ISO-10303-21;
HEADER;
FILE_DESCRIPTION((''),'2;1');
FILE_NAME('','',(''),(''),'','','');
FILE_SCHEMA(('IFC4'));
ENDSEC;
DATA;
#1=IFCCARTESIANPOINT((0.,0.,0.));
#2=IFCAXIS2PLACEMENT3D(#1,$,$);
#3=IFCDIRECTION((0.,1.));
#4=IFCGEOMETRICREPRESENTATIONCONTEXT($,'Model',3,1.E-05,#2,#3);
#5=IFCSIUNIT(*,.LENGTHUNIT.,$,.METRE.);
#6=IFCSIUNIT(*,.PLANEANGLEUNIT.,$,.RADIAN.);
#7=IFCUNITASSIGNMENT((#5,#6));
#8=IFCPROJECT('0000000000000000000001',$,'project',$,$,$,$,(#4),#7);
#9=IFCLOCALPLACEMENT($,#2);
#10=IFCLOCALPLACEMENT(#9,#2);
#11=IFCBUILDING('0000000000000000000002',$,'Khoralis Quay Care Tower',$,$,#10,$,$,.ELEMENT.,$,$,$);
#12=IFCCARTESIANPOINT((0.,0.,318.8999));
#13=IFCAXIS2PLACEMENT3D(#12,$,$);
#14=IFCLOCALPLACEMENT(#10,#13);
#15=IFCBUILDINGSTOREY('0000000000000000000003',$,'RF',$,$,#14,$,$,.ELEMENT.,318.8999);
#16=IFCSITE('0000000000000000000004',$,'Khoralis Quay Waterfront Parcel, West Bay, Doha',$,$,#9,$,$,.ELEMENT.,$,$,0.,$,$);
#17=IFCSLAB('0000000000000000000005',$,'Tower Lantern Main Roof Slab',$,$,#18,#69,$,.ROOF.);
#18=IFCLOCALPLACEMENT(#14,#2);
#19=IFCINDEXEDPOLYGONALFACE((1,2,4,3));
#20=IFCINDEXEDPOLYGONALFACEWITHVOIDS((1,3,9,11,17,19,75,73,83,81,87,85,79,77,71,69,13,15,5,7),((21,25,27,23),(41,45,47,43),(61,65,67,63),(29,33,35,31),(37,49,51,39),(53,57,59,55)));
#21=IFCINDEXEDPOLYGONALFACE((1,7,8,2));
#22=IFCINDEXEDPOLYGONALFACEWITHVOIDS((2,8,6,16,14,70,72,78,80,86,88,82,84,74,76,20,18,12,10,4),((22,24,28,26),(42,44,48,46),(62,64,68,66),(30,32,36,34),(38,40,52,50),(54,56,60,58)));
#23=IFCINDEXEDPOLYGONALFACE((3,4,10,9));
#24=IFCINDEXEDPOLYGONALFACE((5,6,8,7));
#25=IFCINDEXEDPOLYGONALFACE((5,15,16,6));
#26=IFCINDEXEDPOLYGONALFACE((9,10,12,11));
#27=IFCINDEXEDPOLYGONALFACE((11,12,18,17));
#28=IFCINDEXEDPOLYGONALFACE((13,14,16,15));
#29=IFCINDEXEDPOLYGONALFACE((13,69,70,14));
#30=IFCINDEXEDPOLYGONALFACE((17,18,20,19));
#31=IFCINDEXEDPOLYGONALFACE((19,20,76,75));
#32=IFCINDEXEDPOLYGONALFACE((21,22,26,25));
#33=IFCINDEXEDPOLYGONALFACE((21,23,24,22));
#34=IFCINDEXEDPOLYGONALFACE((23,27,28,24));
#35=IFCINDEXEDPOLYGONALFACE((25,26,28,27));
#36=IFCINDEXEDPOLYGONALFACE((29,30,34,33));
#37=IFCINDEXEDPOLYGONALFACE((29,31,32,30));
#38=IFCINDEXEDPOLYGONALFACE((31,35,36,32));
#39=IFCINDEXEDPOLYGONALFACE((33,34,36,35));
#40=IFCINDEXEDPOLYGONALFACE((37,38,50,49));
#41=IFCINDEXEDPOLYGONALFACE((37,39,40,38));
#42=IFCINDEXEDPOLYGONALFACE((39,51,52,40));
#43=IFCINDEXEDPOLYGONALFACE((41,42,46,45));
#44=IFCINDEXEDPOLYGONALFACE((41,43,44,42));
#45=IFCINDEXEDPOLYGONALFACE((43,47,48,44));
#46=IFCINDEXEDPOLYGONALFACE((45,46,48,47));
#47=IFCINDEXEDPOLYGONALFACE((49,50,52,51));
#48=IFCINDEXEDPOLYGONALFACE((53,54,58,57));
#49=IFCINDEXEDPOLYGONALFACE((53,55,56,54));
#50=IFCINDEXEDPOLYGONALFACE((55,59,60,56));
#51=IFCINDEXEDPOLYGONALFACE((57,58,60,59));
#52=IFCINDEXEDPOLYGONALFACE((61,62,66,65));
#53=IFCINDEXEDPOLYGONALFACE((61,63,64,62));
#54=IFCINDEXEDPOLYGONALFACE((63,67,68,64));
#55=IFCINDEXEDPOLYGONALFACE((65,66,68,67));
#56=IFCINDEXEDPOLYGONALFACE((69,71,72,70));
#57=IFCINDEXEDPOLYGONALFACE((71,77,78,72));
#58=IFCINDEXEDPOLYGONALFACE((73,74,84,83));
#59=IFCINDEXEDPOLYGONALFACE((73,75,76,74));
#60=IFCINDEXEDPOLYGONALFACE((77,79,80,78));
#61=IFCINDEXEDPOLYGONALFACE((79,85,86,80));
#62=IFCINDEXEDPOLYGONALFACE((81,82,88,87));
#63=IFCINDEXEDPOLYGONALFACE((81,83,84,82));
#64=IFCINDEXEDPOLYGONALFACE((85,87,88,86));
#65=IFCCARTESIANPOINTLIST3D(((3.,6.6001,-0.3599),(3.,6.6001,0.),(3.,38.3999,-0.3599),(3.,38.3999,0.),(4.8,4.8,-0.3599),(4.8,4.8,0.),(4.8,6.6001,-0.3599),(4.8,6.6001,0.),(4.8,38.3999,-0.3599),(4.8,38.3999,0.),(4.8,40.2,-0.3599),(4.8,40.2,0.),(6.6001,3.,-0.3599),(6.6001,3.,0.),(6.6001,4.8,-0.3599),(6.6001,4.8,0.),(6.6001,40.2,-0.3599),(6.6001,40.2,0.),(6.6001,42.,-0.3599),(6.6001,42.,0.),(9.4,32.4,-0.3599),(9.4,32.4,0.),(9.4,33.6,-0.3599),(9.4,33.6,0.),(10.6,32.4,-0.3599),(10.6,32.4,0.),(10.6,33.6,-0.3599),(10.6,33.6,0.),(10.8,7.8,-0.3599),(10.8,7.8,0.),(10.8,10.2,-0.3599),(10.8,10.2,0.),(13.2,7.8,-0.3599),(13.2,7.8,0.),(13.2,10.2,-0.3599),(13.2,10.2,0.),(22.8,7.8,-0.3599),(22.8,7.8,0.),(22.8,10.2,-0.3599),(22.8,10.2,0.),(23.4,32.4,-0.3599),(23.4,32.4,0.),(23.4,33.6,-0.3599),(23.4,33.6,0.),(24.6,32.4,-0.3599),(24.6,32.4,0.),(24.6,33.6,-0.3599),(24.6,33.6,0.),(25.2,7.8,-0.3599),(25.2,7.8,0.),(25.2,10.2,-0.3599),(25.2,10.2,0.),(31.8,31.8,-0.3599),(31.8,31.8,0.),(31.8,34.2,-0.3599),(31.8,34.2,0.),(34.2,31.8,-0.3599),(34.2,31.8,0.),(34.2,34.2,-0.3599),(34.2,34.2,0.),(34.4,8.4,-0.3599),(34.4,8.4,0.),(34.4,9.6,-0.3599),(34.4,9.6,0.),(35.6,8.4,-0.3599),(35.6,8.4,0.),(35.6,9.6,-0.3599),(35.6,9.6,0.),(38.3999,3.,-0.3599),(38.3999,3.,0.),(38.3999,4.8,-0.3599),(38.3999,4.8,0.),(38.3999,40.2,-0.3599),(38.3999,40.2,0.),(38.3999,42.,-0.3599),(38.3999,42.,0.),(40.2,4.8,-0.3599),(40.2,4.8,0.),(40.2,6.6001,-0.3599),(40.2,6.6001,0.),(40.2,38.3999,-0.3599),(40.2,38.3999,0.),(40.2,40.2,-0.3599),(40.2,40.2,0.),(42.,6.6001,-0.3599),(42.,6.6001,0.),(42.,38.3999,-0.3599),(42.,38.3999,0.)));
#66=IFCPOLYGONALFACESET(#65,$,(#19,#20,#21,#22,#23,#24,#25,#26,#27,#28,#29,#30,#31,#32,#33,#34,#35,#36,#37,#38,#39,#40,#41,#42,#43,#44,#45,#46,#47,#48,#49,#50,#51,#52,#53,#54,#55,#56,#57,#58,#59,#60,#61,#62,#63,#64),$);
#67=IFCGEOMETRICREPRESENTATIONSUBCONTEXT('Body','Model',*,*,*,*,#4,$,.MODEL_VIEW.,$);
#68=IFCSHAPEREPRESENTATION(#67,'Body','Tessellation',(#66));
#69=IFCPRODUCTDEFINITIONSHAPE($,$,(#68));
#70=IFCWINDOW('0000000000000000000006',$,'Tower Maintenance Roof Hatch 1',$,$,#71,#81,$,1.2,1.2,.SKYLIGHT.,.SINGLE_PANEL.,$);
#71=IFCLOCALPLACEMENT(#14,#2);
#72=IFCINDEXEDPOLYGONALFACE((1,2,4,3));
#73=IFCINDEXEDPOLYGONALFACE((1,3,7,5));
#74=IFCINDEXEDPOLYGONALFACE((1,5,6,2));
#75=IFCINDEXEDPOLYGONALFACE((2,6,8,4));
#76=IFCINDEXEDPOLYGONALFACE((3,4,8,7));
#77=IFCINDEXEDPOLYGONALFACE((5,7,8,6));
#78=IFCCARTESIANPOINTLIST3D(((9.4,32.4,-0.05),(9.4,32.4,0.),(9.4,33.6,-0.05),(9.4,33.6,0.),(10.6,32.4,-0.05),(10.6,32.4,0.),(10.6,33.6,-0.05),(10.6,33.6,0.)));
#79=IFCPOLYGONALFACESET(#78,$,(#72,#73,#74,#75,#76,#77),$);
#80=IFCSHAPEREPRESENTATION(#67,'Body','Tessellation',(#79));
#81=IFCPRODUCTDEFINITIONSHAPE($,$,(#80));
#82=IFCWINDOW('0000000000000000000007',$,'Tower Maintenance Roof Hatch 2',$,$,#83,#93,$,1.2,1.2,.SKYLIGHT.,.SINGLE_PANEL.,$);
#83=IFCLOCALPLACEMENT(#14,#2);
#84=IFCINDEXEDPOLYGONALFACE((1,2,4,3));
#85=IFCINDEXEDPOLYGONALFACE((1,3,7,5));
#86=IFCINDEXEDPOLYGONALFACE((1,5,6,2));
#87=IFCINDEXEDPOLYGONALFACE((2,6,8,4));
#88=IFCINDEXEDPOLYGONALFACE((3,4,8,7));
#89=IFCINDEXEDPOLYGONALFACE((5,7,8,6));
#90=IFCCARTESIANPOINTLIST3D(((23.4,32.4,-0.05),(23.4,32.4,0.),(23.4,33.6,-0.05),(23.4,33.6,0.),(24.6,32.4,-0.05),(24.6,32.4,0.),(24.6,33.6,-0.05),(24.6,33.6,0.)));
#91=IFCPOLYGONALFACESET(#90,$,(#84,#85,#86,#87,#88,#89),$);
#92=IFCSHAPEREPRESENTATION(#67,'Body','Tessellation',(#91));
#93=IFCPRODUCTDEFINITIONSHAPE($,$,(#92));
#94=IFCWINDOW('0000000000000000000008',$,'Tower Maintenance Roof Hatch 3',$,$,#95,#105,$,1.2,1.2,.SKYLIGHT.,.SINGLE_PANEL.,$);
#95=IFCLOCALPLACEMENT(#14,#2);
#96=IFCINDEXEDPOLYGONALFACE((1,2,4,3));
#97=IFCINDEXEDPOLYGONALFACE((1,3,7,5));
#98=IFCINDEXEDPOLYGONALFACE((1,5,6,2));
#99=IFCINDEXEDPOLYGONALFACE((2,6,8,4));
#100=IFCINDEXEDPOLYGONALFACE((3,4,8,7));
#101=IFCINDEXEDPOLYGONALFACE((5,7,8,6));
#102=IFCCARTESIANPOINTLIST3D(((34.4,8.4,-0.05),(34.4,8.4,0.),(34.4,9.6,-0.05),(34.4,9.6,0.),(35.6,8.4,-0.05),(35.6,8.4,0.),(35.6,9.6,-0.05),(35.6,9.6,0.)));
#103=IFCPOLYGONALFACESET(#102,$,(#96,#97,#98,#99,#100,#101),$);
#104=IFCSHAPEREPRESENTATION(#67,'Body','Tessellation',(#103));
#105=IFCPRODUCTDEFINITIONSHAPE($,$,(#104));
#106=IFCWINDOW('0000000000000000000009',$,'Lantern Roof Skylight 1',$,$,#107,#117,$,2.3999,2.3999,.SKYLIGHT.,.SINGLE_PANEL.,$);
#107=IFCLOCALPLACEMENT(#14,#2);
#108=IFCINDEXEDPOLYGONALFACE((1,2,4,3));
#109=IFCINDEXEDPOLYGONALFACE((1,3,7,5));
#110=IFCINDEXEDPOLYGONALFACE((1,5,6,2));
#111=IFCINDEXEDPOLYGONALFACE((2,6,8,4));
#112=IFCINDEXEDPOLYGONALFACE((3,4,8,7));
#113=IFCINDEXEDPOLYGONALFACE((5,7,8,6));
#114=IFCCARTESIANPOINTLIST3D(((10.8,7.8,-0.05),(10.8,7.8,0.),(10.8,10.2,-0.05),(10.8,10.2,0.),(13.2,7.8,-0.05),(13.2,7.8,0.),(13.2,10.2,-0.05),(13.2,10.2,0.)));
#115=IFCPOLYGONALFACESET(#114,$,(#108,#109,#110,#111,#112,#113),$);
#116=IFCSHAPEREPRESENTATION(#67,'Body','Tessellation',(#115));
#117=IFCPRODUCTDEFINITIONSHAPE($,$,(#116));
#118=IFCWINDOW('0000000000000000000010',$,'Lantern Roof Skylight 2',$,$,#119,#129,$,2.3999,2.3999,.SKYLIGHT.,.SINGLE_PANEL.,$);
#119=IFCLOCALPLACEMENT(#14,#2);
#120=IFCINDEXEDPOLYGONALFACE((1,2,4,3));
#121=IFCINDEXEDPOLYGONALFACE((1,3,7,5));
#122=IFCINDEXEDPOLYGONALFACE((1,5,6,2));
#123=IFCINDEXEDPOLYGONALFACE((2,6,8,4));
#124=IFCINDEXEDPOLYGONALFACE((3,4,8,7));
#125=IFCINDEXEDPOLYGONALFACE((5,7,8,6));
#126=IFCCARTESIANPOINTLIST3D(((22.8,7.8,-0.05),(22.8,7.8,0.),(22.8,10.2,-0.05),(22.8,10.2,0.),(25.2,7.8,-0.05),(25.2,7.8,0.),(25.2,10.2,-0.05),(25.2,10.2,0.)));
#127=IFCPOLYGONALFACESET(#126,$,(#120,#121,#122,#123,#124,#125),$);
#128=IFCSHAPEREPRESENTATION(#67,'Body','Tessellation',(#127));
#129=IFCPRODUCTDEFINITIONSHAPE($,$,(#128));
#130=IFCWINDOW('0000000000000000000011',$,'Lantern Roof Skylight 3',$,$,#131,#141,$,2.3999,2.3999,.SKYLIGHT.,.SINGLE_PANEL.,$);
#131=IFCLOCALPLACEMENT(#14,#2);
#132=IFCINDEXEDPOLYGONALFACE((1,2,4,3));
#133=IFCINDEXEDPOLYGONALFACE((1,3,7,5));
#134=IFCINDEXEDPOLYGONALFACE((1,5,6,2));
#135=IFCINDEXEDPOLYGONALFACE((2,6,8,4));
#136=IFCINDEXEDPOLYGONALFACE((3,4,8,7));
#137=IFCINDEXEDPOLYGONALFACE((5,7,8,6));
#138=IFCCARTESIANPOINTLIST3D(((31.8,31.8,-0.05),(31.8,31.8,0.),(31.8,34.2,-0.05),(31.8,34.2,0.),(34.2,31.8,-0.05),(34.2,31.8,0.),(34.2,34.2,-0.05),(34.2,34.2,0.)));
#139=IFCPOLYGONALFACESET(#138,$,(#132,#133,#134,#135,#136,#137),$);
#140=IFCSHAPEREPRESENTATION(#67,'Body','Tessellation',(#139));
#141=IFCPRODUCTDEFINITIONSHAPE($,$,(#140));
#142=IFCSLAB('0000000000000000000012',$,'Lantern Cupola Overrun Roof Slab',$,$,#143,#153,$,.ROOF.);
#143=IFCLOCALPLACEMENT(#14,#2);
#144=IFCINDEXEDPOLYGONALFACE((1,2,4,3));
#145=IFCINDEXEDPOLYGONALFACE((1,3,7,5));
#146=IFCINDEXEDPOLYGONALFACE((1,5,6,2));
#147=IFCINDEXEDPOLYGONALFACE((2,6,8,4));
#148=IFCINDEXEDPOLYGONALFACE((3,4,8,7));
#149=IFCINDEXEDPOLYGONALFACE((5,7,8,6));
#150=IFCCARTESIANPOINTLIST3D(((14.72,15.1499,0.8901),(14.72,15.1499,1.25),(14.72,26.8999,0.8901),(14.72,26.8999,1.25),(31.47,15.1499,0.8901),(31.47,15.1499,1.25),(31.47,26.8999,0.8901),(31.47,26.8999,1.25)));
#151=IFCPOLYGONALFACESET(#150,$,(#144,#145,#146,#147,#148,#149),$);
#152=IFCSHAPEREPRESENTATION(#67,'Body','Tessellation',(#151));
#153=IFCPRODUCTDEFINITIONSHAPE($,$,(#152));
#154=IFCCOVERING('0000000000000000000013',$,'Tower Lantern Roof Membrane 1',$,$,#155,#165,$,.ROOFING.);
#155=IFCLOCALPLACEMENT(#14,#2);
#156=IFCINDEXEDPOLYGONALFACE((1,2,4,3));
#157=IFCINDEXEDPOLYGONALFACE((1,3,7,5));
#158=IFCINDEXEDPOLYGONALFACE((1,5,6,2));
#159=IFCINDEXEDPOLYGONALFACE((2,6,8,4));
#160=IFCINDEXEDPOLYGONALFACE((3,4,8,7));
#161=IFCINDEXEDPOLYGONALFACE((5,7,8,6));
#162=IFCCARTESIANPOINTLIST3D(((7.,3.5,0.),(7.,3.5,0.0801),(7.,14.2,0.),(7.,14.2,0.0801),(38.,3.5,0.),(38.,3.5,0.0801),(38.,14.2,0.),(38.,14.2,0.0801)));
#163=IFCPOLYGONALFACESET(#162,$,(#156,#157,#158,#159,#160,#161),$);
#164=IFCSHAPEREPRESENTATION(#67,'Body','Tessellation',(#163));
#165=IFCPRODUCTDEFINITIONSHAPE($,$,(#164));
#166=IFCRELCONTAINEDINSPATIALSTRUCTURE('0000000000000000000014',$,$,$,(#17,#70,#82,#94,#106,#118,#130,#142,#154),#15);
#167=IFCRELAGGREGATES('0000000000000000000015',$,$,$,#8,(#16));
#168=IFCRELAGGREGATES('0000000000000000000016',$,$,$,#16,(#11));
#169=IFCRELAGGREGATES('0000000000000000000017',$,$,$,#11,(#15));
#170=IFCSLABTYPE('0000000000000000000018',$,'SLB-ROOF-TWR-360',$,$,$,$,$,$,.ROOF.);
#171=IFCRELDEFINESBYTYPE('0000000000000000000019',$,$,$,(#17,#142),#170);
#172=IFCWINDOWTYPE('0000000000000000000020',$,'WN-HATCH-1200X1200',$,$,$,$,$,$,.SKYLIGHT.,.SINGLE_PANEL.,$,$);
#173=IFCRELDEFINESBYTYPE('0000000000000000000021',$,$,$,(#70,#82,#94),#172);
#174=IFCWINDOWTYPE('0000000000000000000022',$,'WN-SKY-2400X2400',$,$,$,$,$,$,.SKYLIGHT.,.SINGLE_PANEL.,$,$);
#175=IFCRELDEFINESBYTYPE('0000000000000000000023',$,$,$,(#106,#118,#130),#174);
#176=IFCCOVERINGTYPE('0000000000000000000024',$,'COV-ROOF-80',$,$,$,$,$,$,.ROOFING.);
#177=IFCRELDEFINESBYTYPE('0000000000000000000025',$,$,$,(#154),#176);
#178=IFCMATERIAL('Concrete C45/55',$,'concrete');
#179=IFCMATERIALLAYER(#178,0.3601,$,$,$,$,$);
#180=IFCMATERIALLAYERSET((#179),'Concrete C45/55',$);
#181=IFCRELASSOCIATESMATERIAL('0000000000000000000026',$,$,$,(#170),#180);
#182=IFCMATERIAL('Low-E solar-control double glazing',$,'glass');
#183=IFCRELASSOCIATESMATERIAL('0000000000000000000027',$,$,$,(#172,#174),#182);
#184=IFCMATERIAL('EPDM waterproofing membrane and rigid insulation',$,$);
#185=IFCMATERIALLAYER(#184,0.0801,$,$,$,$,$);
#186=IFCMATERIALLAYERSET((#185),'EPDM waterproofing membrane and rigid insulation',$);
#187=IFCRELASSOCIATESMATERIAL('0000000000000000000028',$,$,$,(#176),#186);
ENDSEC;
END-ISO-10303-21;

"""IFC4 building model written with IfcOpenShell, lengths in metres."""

from ifc_helpers import new_model, si_unit, direction, frame, origin, origin_2d, place, context, subcontext, project, spatial, polyline, rectangle, outline, extrude, material, layer, layer_set, type_object, element, fill, save


model = new_model("IFC4")

# Units and contexts
model_context = context("Model", 3, precision=1e-05, world=origin(), true_north=direction((0.0, 1.0)))
body_context = subcontext(model_context, "Body", "Model", "MODEL_VIEW")
ifc_project = project(units=[si_unit("LENGTHUNIT", "METRE"), si_unit("PLANEANGLEUNIT", "RADIAN")], contexts=[model_context])

# Site, building, storey
site_placement = place(None, origin())
site = spatial("IfcSite", under=ifc_project, at=site_placement, Name="Khoralis Quay Waterfront Parcel, West Bay, Doha", CompositionType="ELEMENT", RefElevation=0.0)
building_placement = place(site_placement, origin())
building = spatial("IfcBuilding", under=site, at=building_placement, Name="Khoralis Quay Care Tower", CompositionType="ELEMENT")
storey_placement = place(building_placement, frame((0.0, 0.0, 318.8999)))
storey = spatial("IfcBuildingStorey", under=building, at=storey_placement, Name="RF", CompositionType="ELEMENT", Elevation=318.8999)

# Slab, openings, windows
ifc_material_1 = material(Name="Concrete C45/55", Category="concrete")
ifc_layer_1 = layer(ifc_material_1, 0.3601)
ifc_layer_set_1 = layer_set([ifc_layer_1], Name="Concrete C45/55")
slab_type = type_object("IfcSlabType", Name="SLB-ROOF-TWR-360", PredefinedType="ROOF", material=ifc_layer_set_1)
slab_1_placement = place(storey_placement, frame((0.0, 0.0, -0.3599)))
slab_1 = element("IfcSlab", 1, at=slab_1_placement, inside=storey, type_object=slab_type, Name="Tower Lantern Main Roof Slab", PredefinedType="ROOF", context=body_context, shape_type="SweptSolid", body=[
    extrude(outline(polyline([(6.6001, 3.0), (38.3999, 3.0), (38.3999, 4.8), (40.2, 4.8), (40.2, 6.6001), (42.0, 6.6001), (42.0, 38.3999), (40.2, 38.3999), (40.2, 40.2), (38.3999, 40.2), (38.3999, 42.0), (6.6001, 42.0), (6.6001, 40.2), (4.8, 40.2), (4.8, 38.3999), (3.0, 38.3999), (3.0, 6.6001), (4.8, 6.6001), (4.8, 4.8), (6.6001, 4.8), (6.6001, 3.0)])), origin(), (0.0, 0.0, 1.0), 0.3599),
])
opening_1_placement = place(slab_1_placement, frame((12.0, 9.0, -0.01)))
opening_1 = element("IfcOpeningElement", 2, at=opening_1_placement, cuts=slab_1, PredefinedType="OPENING", context=body_context, shape_type="SweptSolid", body=[
    extrude(rectangle(XDim=2.3999, YDim=2.3999, at=origin_2d()), origin(), (0.0, 0.0, 1.0), 0.3799),
])
opening_2_placement = place(slab_1_placement, frame((24.0, 9.0, -0.01)))
opening_2 = element("IfcOpeningElement", 3, at=opening_2_placement, cuts=slab_1, PredefinedType="OPENING", context=body_context, shape_type="SweptSolid", body=[
    extrude(rectangle(XDim=2.3999, YDim=2.3999, at=origin_2d()), origin(), (0.0, 0.0, 1.0), 0.3799),
])
opening_3_placement = place(slab_1_placement, frame((33.0, 33.0, -0.01)))
opening_3 = element("IfcOpeningElement", 4, at=opening_3_placement, cuts=slab_1, PredefinedType="OPENING", context=body_context, shape_type="SweptSolid", body=[
    extrude(rectangle(XDim=2.3999, YDim=2.3999, at=origin_2d()), origin(), (0.0, 0.0, 1.0), 0.3799),
])
opening_4_placement = place(slab_1_placement, frame((10.0, 33.0, -0.01)))
opening_4 = element("IfcOpeningElement", 5, at=opening_4_placement, cuts=slab_1, PredefinedType="OPENING", context=body_context, shape_type="SweptSolid", body=[
    extrude(rectangle(XDim=1.2, YDim=1.2, at=origin_2d()), origin(), (0.0, 0.0, 1.0), 0.3799),
])
opening_5_placement = place(slab_1_placement, frame((24.0, 33.0, -0.01)))
opening_5 = element("IfcOpeningElement", 6, at=opening_5_placement, cuts=slab_1, PredefinedType="OPENING", context=body_context, shape_type="SweptSolid", body=[
    extrude(rectangle(XDim=1.2, YDim=1.2, at=origin_2d()), origin(), (0.0, 0.0, 1.0), 0.3799),
])
opening_6_placement = place(slab_1_placement, frame((35.0, 9.0, -0.01)))
opening_6 = element("IfcOpeningElement", 7, at=opening_6_placement, cuts=slab_1, PredefinedType="OPENING", context=body_context, shape_type="SweptSolid", body=[
    extrude(rectangle(XDim=1.2, YDim=1.2, at=origin_2d()), origin(), (0.0, 0.0, 1.0), 0.3799),
])
ifc_material_2 = material(Name="Low-E solar-control double glazing", Category="glass")
window_type_1 = type_object("IfcWindowType", Name="WN-HATCH-1200X1200", PartitioningType="SINGLE_PANEL", PredefinedType="SKYLIGHT", material=ifc_material_2)
window_1_placement = place(slab_1_placement, frame((10.0, 33.0, 0.3098)))
window_1 = element("IfcWindow", 8, at=window_1_placement, inside=storey, type_object=window_type_1, Name="Tower Maintenance Roof Hatch 1", OverallHeight=1.2, OverallWidth=1.2, PartitioningType="SINGLE_PANEL", PredefinedType="SKYLIGHT", context=body_context, shape_type="SweptSolid", body=[
    extrude(rectangle(XDim=1.2, YDim=1.2, at=origin_2d()), origin(), (0.0, 0.0, 1.0), 0.05),
])
fill(opening_4, window_1)
window_2_placement = place(slab_1_placement, frame((24.0, 33.0, 0.3098)))
window_2 = element("IfcWindow", 9, at=window_2_placement, inside=storey, type_object=window_type_1, Name="Tower Maintenance Roof Hatch 2", OverallHeight=1.2, OverallWidth=1.2, PartitioningType="SINGLE_PANEL", PredefinedType="SKYLIGHT", context=body_context, shape_type="SweptSolid", body=[
    extrude(rectangle(XDim=1.2, YDim=1.2, at=origin_2d()), origin(), (0.0, 0.0, 1.0), 0.05),
])
fill(opening_5, window_2)
window_3_placement = place(slab_1_placement, frame((35.0, 9.0, 0.3098)))
window_3 = element("IfcWindow", 10, at=window_3_placement, inside=storey, type_object=window_type_1, Name="Tower Maintenance Roof Hatch 3", OverallHeight=1.2, OverallWidth=1.2, PartitioningType="SINGLE_PANEL", PredefinedType="SKYLIGHT", context=body_context, shape_type="SweptSolid", body=[
    extrude(rectangle(XDim=1.2, YDim=1.2, at=origin_2d()), origin(), (0.0, 0.0, 1.0), 0.05),
])
fill(opening_6, window_3)
window_type_2 = type_object("IfcWindowType", Name="WN-SKY-2400X2400", PartitioningType="SINGLE_PANEL", PredefinedType="SKYLIGHT", material=ifc_material_2)
window_4_placement = place(slab_1_placement, frame((12.0, 9.0, 0.3098)))
window_4 = element("IfcWindow", 11, at=window_4_placement, inside=storey, type_object=window_type_2, Name="Lantern Roof Skylight 1", OverallHeight=2.3999, OverallWidth=2.3999, PartitioningType="SINGLE_PANEL", PredefinedType="SKYLIGHT", context=body_context, shape_type="SweptSolid", body=[
    extrude(rectangle(XDim=2.3999, YDim=2.3999, at=origin_2d()), origin(), (0.0, 0.0, 1.0), 0.05),
])
fill(opening_1, window_4)
window_5_placement = place(slab_1_placement, frame((24.0, 9.0, 0.3098)))
window_5 = element("IfcWindow", 12, at=window_5_placement, inside=storey, type_object=window_type_2, Name="Lantern Roof Skylight 2", OverallHeight=2.3999, OverallWidth=2.3999, PartitioningType="SINGLE_PANEL", PredefinedType="SKYLIGHT", context=body_context, shape_type="SweptSolid", body=[
    extrude(rectangle(XDim=2.3999, YDim=2.3999, at=origin_2d()), origin(), (0.0, 0.0, 1.0), 0.05),
])
fill(opening_2, window_5)
window_6_placement = place(slab_1_placement, frame((33.0, 33.0, 0.3098)))
window_6 = element("IfcWindow", 13, at=window_6_placement, inside=storey, type_object=window_type_2, Name="Lantern Roof Skylight 3", OverallHeight=2.3999, OverallWidth=2.3999, PartitioningType="SINGLE_PANEL", PredefinedType="SKYLIGHT", context=body_context, shape_type="SweptSolid", body=[
    extrude(rectangle(XDim=2.3999, YDim=2.3999, at=origin_2d()), origin(), (0.0, 0.0, 1.0), 0.05),
])
fill(opening_3, window_6)

# Slab
slab_2_placement = place(storey_placement, frame((0.0, 0.0, 0.8901)))
element("IfcSlab", 14, at=slab_2_placement, inside=storey, type_object=slab_type, Name="Lantern Cupola Overrun Roof Slab", PredefinedType="ROOF", context=body_context, shape_type="SweptSolid", body=[
    extrude(outline(polyline([(14.72, 15.1499), (31.47, 15.1499), (31.47, 26.8999), (14.72, 26.8999), (14.72, 15.1499)])), origin(), (0.0, 0.0, 1.0), 0.3599),
])

# Covering
ifc_material_3 = material(Name="EPDM waterproofing membrane and rigid insulation")
ifc_layer_2 = layer(ifc_material_3, 0.0801)
ifc_layer_set_2 = layer_set([ifc_layer_2], Name="EPDM waterproofing membrane and rigid insulation")
covering_type = type_object("IfcCoveringType", Name="COV-ROOF-80", PredefinedType="ROOFING", material=ifc_layer_set_2)
covering_1_placement = place(storey_placement, origin())
element("IfcCovering", 15, at=covering_1_placement, inside=storey, type_object=covering_type, Name="Tower Lantern Roof Membrane 1", PredefinedType="ROOFING", context=body_context, shape_type="SweptSolid", body=[
    extrude(outline(polyline([(7.0, 3.5), (38.0, 3.5), (38.0, 14.2), (7.0, 14.2), (7.0, 3.5)])), origin(), (0.0, 0.0, 1.0), 0.0801),
])

save(model, "model.ifc")
